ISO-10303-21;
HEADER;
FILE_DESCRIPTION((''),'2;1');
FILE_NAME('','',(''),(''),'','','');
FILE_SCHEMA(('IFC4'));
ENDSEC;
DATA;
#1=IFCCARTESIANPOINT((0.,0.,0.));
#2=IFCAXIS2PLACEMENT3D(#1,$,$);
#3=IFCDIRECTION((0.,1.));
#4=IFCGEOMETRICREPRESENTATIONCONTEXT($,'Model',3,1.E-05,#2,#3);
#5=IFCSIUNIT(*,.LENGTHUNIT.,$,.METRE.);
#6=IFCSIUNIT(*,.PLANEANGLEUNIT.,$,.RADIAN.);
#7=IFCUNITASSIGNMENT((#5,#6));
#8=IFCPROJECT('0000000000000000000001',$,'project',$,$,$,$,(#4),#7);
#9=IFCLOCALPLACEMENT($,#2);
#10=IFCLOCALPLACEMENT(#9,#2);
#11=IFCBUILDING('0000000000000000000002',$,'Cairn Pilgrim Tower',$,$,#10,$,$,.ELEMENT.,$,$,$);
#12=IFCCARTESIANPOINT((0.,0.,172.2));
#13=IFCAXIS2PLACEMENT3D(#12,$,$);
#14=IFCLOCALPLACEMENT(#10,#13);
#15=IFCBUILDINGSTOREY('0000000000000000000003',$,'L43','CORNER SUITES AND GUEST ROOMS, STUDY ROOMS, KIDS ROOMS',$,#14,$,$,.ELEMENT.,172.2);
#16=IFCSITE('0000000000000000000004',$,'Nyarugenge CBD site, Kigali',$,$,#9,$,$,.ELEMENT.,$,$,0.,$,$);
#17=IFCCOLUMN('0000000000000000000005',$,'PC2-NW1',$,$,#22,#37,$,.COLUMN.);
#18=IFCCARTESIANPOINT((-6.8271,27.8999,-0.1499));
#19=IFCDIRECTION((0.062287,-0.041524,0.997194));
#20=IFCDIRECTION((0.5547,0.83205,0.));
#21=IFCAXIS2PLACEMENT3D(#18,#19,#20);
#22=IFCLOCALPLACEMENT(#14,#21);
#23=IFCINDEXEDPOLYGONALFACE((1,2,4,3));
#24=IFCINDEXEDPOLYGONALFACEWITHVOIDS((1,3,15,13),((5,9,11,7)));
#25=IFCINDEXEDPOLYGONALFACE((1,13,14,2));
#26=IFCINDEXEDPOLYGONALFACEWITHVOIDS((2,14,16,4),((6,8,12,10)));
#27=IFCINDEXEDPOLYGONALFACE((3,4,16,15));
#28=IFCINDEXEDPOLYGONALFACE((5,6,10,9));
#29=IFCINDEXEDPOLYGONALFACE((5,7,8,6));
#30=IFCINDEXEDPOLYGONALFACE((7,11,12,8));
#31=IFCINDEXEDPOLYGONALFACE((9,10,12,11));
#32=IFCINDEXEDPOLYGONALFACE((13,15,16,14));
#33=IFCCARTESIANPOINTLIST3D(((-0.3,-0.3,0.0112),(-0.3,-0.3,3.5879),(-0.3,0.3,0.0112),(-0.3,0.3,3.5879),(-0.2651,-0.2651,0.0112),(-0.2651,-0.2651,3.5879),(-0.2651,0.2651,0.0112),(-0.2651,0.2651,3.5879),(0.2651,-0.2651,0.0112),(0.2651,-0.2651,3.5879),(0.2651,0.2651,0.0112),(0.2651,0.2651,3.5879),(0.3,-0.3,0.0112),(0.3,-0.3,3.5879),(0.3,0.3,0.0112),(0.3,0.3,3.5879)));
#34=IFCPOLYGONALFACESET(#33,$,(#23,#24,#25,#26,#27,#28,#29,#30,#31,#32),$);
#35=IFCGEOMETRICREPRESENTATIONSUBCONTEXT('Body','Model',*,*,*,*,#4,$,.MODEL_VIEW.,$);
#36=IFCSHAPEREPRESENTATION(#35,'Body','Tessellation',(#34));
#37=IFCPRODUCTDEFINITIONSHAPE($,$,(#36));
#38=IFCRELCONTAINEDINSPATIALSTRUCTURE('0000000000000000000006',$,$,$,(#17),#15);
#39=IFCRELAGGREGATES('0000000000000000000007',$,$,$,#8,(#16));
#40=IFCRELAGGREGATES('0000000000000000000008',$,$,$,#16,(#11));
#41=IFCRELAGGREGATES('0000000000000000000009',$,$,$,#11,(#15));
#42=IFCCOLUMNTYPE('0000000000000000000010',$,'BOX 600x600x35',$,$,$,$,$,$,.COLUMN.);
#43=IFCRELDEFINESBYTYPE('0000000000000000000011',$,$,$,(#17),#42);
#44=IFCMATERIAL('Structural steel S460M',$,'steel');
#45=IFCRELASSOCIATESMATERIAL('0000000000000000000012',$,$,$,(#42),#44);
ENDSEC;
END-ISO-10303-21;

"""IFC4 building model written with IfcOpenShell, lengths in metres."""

from ifc_helpers import new_model, si_unit, direction, frame, origin, origin_2d, place, context, subcontext, project, spatial, hollow_rectangle, extrude, clip, halfspace, material, material_profile, profile_set, type_object, element, save


model = new_model("IFC4")

# Units and contexts
model_context = context("Model", 3, precision=1e-05, world=origin(), true_north=direction((0.0, 1.0)))
body_context = subcontext(model_context, "Body", "Model", "MODEL_VIEW")
ifc_project = project(units=[si_unit("LENGTHUNIT", "METRE"), si_unit("PLANEANGLEUNIT", "RADIAN")], contexts=[model_context])

# Site, building, storey
site_placement = place(None, origin())
site = spatial("IfcSite", under=ifc_project, at=site_placement, Name="Nyarugenge CBD site, Kigali", CompositionType="ELEMENT", RefElevation=0.0)
building_placement = place(site_placement, origin())
building = spatial("IfcBuilding", under=site, at=building_placement, Name="Cairn Pilgrim Tower", CompositionType="ELEMENT")
storey_placement = place(building_placement, frame((0.0, 0.0, 172.2)))
storey = spatial("IfcBuildingStorey", under=building, at=storey_placement, Name="L43", Description="CORNER SUITES AND GUEST ROOMS, STUDY ROOMS, KIDS ROOMS", CompositionType="ELEMENT", Elevation=172.2)

# Column
ifc_material_1 = material(Name="Structural steel S460M", Category="steel")
ifc_material_profile_1 = material_profile(ifc_material_1, hollow_rectangle(XDim=0.6001, YDim=0.6001, WallThickness=0.0349, at=origin_2d()), Name="BOX 600x600x35")
ifc_profile_set_1 = profile_set([ifc_material_profile_1], Name="Structural steel S460M")
column_type = type_object("IfcColumnType", Name="BOX 600x600x35", PredefinedType="COLUMN", material=ifc_profile_set_1)
column_placement = place(storey_placement, frame((-6.8271, 27.8999, -0.1499), z_axis=(0.062287, -0.041524, 0.997194), x_axis=(0.5547, 0.83205, 0.0)))
element("IfcColumn", 1, at=column_placement, inside=storey, type_object=column_type, Name="PC2-NW1", PredefinedType="COLUMN", context=body_context, shape_type="Clipping", body=[
    clip(clip(extrude(hollow_rectangle(XDim=0.6001, YDim=0.6001, WallThickness=0.0349, at=origin_2d()), origin(), (0.0, 0.0, 1.0), 3.6099), halfspace(frame((0.0, 0.0, 0.0112), z_axis=(0.0, 0.0, 1.0), x_axis=(1.0, 0.0, 0.0)), True)), halfspace(frame((0.0, 0.0, 3.5879), z_axis=(0.0, 0.0, 1.0), x_axis=(1.0, 0.0, 0.0)), False)),
])

save(model, "model.ifc")
